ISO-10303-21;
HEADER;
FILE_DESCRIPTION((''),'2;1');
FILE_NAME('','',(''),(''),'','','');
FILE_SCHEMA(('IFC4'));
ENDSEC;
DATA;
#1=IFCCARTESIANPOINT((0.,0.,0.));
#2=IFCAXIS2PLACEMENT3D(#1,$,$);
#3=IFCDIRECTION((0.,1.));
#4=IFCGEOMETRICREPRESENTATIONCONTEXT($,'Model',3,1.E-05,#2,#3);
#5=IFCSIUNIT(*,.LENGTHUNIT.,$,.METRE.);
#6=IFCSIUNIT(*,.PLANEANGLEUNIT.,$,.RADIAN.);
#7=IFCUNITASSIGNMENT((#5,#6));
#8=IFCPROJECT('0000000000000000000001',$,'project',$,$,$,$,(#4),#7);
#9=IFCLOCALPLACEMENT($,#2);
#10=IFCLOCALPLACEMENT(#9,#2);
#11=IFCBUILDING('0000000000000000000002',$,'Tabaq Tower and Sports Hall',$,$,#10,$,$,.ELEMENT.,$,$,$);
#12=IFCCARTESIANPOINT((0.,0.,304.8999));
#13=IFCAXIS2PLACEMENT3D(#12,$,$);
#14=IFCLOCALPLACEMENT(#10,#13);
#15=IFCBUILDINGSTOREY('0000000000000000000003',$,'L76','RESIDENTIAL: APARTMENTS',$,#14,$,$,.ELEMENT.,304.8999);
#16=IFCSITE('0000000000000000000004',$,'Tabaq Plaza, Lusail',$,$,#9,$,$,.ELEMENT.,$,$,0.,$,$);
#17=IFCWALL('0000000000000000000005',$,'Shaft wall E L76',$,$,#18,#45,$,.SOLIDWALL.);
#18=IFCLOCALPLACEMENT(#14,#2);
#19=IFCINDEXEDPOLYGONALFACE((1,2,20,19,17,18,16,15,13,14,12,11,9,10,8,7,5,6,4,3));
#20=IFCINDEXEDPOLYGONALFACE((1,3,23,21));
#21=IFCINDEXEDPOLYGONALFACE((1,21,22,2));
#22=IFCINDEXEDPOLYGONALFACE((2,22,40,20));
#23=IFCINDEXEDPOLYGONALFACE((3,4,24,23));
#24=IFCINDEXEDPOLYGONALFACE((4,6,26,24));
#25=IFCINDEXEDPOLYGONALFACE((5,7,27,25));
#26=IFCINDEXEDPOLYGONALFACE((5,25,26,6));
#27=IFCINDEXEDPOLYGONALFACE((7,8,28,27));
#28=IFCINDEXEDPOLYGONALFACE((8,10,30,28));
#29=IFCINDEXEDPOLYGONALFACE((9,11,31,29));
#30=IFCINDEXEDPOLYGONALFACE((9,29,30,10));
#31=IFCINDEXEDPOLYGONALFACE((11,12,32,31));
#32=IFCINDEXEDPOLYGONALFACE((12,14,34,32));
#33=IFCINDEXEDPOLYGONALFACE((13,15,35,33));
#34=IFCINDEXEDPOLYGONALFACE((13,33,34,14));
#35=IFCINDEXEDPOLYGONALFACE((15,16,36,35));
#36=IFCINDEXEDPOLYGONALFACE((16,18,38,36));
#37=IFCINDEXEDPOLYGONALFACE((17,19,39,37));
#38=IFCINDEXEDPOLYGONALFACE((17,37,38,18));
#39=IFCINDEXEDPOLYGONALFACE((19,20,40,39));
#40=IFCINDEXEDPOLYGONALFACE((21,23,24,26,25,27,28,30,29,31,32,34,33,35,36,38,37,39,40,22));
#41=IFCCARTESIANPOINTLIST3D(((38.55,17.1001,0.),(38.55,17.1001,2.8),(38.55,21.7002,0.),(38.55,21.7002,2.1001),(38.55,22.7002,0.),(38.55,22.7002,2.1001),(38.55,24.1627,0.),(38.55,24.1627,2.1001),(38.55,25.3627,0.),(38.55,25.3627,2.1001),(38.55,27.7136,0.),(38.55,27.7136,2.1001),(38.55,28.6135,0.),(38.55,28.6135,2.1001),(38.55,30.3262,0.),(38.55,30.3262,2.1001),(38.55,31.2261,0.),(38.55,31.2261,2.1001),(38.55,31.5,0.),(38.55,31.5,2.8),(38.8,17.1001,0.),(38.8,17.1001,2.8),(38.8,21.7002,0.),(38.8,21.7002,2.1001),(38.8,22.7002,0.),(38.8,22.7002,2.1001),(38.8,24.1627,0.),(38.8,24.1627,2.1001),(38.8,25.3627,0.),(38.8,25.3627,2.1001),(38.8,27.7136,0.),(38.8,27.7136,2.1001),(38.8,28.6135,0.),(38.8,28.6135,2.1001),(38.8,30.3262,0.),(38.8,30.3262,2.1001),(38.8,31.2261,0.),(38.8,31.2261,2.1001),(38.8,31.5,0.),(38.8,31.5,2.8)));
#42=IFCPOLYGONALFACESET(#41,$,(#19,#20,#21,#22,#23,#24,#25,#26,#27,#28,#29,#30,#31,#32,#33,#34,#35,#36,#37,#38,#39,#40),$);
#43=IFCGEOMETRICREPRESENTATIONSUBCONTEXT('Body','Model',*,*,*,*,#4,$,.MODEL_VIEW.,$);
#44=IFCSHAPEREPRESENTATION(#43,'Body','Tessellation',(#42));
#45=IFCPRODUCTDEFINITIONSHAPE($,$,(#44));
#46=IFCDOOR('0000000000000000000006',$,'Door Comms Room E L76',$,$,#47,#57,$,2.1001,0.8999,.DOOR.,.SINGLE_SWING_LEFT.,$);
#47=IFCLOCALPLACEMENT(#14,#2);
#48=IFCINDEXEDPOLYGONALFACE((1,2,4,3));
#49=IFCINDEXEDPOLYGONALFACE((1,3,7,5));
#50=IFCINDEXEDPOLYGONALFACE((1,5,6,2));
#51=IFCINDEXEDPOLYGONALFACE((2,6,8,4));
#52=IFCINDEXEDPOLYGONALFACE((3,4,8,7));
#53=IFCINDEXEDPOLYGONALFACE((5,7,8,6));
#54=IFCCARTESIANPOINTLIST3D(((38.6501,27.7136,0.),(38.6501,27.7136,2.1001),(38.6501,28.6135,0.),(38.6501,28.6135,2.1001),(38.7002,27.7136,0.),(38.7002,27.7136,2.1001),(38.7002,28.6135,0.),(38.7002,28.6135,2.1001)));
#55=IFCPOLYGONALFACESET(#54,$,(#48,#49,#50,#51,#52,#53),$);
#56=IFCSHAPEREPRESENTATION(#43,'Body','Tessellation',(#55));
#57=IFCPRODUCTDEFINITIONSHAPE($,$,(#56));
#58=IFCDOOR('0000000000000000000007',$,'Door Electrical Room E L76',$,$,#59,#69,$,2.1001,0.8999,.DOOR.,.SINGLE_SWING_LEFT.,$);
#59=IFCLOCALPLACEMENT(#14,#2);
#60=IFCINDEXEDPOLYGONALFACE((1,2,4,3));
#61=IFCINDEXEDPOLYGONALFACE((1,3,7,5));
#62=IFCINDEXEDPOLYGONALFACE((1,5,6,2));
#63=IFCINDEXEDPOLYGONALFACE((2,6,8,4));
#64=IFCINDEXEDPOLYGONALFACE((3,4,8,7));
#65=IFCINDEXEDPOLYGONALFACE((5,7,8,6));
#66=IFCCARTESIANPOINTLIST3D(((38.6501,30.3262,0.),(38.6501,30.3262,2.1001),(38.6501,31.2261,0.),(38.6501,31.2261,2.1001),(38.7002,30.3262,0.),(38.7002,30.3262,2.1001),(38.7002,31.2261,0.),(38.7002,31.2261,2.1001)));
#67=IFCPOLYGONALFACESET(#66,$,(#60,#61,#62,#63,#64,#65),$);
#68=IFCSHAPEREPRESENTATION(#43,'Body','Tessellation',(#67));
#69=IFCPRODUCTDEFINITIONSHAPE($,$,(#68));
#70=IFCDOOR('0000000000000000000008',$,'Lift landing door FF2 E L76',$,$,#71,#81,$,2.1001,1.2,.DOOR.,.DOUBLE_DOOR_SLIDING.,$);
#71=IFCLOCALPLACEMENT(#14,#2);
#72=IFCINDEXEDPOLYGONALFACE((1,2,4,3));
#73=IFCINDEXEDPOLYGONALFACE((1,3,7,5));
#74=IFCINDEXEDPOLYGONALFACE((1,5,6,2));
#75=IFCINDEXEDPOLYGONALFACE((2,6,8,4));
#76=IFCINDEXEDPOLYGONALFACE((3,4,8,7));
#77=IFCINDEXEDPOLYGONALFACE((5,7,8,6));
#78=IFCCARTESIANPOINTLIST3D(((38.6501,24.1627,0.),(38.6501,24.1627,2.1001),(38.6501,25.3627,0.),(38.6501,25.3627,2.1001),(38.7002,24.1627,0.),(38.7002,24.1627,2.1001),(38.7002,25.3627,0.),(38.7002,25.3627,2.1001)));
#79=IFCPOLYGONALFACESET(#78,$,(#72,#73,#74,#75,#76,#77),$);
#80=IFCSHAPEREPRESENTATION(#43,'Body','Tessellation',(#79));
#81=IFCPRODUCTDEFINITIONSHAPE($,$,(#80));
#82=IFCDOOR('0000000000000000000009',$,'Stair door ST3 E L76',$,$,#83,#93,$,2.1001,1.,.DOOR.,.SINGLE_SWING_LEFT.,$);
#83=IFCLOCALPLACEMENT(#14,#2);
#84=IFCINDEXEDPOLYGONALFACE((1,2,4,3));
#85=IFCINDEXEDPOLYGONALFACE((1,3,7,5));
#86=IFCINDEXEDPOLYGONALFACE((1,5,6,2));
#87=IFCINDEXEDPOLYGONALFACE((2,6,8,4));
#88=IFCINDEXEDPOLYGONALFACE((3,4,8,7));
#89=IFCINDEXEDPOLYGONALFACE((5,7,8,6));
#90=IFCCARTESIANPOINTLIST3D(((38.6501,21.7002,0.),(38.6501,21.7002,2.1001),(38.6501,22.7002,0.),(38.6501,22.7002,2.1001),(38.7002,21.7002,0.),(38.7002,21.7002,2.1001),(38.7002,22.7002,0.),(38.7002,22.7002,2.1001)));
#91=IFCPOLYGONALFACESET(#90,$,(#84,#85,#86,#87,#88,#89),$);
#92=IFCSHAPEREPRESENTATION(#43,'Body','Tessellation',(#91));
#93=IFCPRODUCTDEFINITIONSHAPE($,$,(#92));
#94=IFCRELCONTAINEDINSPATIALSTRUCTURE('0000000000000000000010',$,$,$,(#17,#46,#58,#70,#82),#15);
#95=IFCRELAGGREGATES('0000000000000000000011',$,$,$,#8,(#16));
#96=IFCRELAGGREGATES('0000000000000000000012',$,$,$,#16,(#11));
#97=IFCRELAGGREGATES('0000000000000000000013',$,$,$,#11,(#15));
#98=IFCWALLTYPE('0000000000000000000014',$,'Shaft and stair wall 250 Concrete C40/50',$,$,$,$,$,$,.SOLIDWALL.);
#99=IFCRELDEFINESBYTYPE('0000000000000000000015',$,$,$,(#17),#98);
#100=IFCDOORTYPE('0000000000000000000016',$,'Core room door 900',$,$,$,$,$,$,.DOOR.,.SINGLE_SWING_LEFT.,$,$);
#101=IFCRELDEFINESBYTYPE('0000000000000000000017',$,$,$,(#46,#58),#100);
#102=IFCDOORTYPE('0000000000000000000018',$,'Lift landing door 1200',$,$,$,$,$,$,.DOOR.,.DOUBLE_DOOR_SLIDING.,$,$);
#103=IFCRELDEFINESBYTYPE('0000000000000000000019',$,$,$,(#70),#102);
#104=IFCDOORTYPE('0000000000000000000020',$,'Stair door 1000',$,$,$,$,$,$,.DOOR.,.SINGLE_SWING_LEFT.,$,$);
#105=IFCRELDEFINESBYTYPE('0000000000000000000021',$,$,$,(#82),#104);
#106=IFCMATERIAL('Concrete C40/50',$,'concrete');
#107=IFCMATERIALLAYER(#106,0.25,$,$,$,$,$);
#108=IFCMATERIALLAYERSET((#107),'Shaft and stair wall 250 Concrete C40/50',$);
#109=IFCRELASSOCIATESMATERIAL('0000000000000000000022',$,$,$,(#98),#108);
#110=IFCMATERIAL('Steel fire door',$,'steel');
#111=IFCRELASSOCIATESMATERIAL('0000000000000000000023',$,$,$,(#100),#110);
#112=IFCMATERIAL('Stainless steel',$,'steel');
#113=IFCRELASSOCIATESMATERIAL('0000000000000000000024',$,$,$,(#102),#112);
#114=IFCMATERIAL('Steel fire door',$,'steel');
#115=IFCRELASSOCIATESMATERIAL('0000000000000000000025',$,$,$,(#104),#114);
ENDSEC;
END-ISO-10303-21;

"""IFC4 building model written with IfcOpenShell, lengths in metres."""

from ifc_helpers import new_model, si_unit, direction, frame, frame_2d, origin, place, context, subcontext, project, spatial, rectangle, extrude, material, layer, layer_set, type_object, element, fill, save


model = new_model("IFC4")

# Units and contexts
model_context = context("Model", 3, precision=1e-05, world=origin(), true_north=direction((0.0, 1.0)))
body_context = subcontext(model_context, "Body", "Model", "MODEL_VIEW")
ifc_project = project(units=[si_unit("LENGTHUNIT", "METRE"), si_unit("PLANEANGLEUNIT", "RADIAN")], contexts=[model_context])

# Site, building, storey
site_placement = place(None, origin())
site = spatial("IfcSite", under=ifc_project, at=site_placement, Name="Tabaq Plaza, Lusail", CompositionType="ELEMENT", RefElevation=0.0)
building_placement = place(site_placement, origin())
building = spatial("IfcBuilding", under=site, at=building_placement, Name="Tabaq Tower and Sports Hall", CompositionType="ELEMENT")
storey_placement = place(building_placement, frame((0.0, 0.0, 304.8999)))
storey = spatial("IfcBuildingStorey", under=building, at=storey_placement, Name="L76", Description="RESIDENTIAL: APARTMENTS", CompositionType="ELEMENT", Elevation=304.8999)

# Wall, openings, doors
ifc_material_1 = material(Name="Concrete C40/50", Category="concrete")
ifc_layer_1 = layer(ifc_material_1, 0.25)
ifc_layer_set_1 = layer_set([ifc_layer_1], Name="Shaft and stair wall 250 Concrete C40/50")
wall_type_1 = type_object("IfcWallType", Name="Shaft and stair wall 250 Concrete C40/50", PredefinedType="SOLIDWALL", material=ifc_layer_set_1)
wall_1_placement = place(storey_placement, frame((38.675, 17.1001, 0.0), z_axis=(0.0, 0.0, 1.0), x_axis=(0.0, 1.0, 0.0)))
wall_1 = element("IfcWall", 1, at=wall_1_placement, inside=storey, type_object=wall_type_1, Name="Shaft wall E L76", PredefinedType="SOLIDWALL", context=body_context, shape_type="SweptSolid", body=[
    extrude(rectangle(XDim=14.3999, YDim=0.25, at=frame_2d((7.2, 0.0))), origin(), (0.0, 0.0, 1.0), 2.8),
])
opening_1_placement = place(wall_1_placement, frame((4.6001, 0.0, 0.0)))
opening_1 = element("IfcOpeningElement", 2, at=opening_1_placement, cuts=wall_1, PredefinedType="OPENING", context=body_context, shape_type="SweptSolid", body=[
    extrude(rectangle(XDim=1.0, YDim=2.1001, at=frame_2d((0.5, 1.05))), frame((0.0, 0.125, 0.0), z_axis=(0.0, -1.0, 0.0), x_axis=(1.0, 0.0, 0.0)), (0.0, 0.0, 1.0), 0.25),
])
opening_2_placement = place(wall_1_placement, frame((7.0625, 0.0, 0.0)))
opening_2 = element("IfcOpeningElement", 3, at=opening_2_placement, cuts=wall_1, PredefinedType="OPENING", context=body_context, shape_type="SweptSolid", body=[
    extrude(rectangle(XDim=1.2, YDim=2.1001, at=frame_2d((0.6001, 1.05))), frame((0.0, 0.125, 0.0), z_axis=(0.0, -1.0, 0.0), x_axis=(1.0, 0.0, 0.0)), (0.0, 0.0, 1.0), 0.25),
])
opening_3_placement = place(wall_1_placement, frame((10.6135, 0.0, 0.0)))
opening_3 = element("IfcOpeningElement", 4, at=opening_3_placement, cuts=wall_1, PredefinedType="OPENING", context=body_context, shape_type="SweptSolid", body=[
    extrude(rectangle(XDim=0.8999, YDim=2.1001, at=frame_2d((0.45, 1.05))), frame((0.0, 0.125, 0.0), z_axis=(0.0, -1.0, 0.0), x_axis=(1.0, 0.0, 0.0)), (0.0, 0.0, 1.0), 0.25),
])
opening_4_placement = place(wall_1_placement, frame((13.2261, 0.0, 0.0)))
opening_4 = element("IfcOpeningElement", 5, at=opening_4_placement, cuts=wall_1, PredefinedType="OPENING", context=body_context, shape_type="SweptSolid", body=[
    extrude(rectangle(XDim=0.8999, YDim=2.1001, at=frame_2d((0.45, 1.05))), frame((0.0, 0.125, 0.0), z_axis=(0.0, -1.0, 0.0), x_axis=(1.0, 0.0, 0.0)), (0.0, 0.0, 1.0), 0.25),
])
ifc_material_2 = material(Name="Steel fire door", Category="steel")
door_type_1 = type_object("IfcDoorType", Name="Core room door 900", OperationType="SINGLE_SWING_LEFT", PredefinedType="DOOR", material=ifc_material_2)
door_1_placement = place(opening_3_placement, origin())
door_1 = element("IfcDoor", 6, at=door_1_placement, inside=storey, type_object=door_type_1, Name="Door Comms Room E L76", OperationType="SINGLE_SWING_LEFT", OverallHeight=2.1001, OverallWidth=0.8999, PredefinedType="DOOR", context=body_context, shape_type="SweptSolid", body=[
    extrude(rectangle(XDim=0.8999, YDim=2.1001, at=frame_2d((0.45, 1.05))), frame((0.0, 0.0249, 0.0), z_axis=(0.0, -1.0, 0.0), x_axis=(1.0, 0.0, 0.0)), (0.0, 0.0, 1.0), 0.05),
])
fill(opening_3, door_1)
door_2_placement = place(opening_4_placement, origin())
door_2 = element("IfcDoor", 7, at=door_2_placement, inside=storey, type_object=door_type_1, Name="Door Electrical Room E L76", OperationType="SINGLE_SWING_LEFT", OverallHeight=2.1001, OverallWidth=0.8999, PredefinedType="DOOR", context=body_context, shape_type="SweptSolid", body=[
    extrude(rectangle(XDim=0.8999, YDim=2.1001, at=frame_2d((0.45, 1.05))), frame((0.0, 0.0249, 0.0), z_axis=(0.0, -1.0, 0.0), x_axis=(1.0, 0.0, 0.0)), (0.0, 0.0, 1.0), 0.05),
])
fill(opening_4, door_2)
ifc_material_3 = material(Name="Stainless steel", Category="steel")
door_type_2 = type_object("IfcDoorType", Name="Lift landing door 1200", OperationType="DOUBLE_DOOR_SLIDING", PredefinedType="DOOR", material=ifc_material_3)
door_3_placement = place(opening_2_placement, origin())
door_3 = element("IfcDoor", 8, at=door_3_placement, inside=storey, type_object=door_type_2, Name="Lift landing door FF2 E L76", OperationType="DOUBLE_DOOR_SLIDING", OverallHeight=2.1001, OverallWidth=1.2, PredefinedType="DOOR", context=body_context, shape_type="SweptSolid", body=[
    extrude(rectangle(XDim=1.2, YDim=2.1001, at=frame_2d((0.6001, 1.05))), frame((0.0, 0.0249, 0.0), z_axis=(0.0, -1.0, 0.0), x_axis=(1.0, 0.0, 0.0)), (0.0, 0.0, 1.0), 0.05),
])
fill(opening_2, door_3)
ifc_material_4 = material(Name="Steel fire door", Category="steel")
door_type_3 = type_object("IfcDoorType", Name="Stair door 1000", OperationType="SINGLE_SWING_LEFT", PredefinedType="DOOR", material=ifc_material_4)
door_4_placement = place(opening_1_placement, origin())
door_4 = element("IfcDoor", 9, at=door_4_placement, inside=storey, type_object=door_type_3, Name="Stair door ST3 E L76", OperationType="SINGLE_SWING_LEFT", OverallHeight=2.1001, OverallWidth=1.0, PredefinedType="DOOR", context=body_context, shape_type="SweptSolid", body=[
    extrude(rectangle(XDim=1.0, YDim=2.1001, at=frame_2d((0.5, 1.05))), frame((0.0, 0.0249, 0.0), z_axis=(0.0, -1.0, 0.0), x_axis=(1.0, 0.0, 0.0)), (0.0, 0.0, 1.0), 0.05),
])
fill(opening_1, door_4)

save(model, "model.ifc")
